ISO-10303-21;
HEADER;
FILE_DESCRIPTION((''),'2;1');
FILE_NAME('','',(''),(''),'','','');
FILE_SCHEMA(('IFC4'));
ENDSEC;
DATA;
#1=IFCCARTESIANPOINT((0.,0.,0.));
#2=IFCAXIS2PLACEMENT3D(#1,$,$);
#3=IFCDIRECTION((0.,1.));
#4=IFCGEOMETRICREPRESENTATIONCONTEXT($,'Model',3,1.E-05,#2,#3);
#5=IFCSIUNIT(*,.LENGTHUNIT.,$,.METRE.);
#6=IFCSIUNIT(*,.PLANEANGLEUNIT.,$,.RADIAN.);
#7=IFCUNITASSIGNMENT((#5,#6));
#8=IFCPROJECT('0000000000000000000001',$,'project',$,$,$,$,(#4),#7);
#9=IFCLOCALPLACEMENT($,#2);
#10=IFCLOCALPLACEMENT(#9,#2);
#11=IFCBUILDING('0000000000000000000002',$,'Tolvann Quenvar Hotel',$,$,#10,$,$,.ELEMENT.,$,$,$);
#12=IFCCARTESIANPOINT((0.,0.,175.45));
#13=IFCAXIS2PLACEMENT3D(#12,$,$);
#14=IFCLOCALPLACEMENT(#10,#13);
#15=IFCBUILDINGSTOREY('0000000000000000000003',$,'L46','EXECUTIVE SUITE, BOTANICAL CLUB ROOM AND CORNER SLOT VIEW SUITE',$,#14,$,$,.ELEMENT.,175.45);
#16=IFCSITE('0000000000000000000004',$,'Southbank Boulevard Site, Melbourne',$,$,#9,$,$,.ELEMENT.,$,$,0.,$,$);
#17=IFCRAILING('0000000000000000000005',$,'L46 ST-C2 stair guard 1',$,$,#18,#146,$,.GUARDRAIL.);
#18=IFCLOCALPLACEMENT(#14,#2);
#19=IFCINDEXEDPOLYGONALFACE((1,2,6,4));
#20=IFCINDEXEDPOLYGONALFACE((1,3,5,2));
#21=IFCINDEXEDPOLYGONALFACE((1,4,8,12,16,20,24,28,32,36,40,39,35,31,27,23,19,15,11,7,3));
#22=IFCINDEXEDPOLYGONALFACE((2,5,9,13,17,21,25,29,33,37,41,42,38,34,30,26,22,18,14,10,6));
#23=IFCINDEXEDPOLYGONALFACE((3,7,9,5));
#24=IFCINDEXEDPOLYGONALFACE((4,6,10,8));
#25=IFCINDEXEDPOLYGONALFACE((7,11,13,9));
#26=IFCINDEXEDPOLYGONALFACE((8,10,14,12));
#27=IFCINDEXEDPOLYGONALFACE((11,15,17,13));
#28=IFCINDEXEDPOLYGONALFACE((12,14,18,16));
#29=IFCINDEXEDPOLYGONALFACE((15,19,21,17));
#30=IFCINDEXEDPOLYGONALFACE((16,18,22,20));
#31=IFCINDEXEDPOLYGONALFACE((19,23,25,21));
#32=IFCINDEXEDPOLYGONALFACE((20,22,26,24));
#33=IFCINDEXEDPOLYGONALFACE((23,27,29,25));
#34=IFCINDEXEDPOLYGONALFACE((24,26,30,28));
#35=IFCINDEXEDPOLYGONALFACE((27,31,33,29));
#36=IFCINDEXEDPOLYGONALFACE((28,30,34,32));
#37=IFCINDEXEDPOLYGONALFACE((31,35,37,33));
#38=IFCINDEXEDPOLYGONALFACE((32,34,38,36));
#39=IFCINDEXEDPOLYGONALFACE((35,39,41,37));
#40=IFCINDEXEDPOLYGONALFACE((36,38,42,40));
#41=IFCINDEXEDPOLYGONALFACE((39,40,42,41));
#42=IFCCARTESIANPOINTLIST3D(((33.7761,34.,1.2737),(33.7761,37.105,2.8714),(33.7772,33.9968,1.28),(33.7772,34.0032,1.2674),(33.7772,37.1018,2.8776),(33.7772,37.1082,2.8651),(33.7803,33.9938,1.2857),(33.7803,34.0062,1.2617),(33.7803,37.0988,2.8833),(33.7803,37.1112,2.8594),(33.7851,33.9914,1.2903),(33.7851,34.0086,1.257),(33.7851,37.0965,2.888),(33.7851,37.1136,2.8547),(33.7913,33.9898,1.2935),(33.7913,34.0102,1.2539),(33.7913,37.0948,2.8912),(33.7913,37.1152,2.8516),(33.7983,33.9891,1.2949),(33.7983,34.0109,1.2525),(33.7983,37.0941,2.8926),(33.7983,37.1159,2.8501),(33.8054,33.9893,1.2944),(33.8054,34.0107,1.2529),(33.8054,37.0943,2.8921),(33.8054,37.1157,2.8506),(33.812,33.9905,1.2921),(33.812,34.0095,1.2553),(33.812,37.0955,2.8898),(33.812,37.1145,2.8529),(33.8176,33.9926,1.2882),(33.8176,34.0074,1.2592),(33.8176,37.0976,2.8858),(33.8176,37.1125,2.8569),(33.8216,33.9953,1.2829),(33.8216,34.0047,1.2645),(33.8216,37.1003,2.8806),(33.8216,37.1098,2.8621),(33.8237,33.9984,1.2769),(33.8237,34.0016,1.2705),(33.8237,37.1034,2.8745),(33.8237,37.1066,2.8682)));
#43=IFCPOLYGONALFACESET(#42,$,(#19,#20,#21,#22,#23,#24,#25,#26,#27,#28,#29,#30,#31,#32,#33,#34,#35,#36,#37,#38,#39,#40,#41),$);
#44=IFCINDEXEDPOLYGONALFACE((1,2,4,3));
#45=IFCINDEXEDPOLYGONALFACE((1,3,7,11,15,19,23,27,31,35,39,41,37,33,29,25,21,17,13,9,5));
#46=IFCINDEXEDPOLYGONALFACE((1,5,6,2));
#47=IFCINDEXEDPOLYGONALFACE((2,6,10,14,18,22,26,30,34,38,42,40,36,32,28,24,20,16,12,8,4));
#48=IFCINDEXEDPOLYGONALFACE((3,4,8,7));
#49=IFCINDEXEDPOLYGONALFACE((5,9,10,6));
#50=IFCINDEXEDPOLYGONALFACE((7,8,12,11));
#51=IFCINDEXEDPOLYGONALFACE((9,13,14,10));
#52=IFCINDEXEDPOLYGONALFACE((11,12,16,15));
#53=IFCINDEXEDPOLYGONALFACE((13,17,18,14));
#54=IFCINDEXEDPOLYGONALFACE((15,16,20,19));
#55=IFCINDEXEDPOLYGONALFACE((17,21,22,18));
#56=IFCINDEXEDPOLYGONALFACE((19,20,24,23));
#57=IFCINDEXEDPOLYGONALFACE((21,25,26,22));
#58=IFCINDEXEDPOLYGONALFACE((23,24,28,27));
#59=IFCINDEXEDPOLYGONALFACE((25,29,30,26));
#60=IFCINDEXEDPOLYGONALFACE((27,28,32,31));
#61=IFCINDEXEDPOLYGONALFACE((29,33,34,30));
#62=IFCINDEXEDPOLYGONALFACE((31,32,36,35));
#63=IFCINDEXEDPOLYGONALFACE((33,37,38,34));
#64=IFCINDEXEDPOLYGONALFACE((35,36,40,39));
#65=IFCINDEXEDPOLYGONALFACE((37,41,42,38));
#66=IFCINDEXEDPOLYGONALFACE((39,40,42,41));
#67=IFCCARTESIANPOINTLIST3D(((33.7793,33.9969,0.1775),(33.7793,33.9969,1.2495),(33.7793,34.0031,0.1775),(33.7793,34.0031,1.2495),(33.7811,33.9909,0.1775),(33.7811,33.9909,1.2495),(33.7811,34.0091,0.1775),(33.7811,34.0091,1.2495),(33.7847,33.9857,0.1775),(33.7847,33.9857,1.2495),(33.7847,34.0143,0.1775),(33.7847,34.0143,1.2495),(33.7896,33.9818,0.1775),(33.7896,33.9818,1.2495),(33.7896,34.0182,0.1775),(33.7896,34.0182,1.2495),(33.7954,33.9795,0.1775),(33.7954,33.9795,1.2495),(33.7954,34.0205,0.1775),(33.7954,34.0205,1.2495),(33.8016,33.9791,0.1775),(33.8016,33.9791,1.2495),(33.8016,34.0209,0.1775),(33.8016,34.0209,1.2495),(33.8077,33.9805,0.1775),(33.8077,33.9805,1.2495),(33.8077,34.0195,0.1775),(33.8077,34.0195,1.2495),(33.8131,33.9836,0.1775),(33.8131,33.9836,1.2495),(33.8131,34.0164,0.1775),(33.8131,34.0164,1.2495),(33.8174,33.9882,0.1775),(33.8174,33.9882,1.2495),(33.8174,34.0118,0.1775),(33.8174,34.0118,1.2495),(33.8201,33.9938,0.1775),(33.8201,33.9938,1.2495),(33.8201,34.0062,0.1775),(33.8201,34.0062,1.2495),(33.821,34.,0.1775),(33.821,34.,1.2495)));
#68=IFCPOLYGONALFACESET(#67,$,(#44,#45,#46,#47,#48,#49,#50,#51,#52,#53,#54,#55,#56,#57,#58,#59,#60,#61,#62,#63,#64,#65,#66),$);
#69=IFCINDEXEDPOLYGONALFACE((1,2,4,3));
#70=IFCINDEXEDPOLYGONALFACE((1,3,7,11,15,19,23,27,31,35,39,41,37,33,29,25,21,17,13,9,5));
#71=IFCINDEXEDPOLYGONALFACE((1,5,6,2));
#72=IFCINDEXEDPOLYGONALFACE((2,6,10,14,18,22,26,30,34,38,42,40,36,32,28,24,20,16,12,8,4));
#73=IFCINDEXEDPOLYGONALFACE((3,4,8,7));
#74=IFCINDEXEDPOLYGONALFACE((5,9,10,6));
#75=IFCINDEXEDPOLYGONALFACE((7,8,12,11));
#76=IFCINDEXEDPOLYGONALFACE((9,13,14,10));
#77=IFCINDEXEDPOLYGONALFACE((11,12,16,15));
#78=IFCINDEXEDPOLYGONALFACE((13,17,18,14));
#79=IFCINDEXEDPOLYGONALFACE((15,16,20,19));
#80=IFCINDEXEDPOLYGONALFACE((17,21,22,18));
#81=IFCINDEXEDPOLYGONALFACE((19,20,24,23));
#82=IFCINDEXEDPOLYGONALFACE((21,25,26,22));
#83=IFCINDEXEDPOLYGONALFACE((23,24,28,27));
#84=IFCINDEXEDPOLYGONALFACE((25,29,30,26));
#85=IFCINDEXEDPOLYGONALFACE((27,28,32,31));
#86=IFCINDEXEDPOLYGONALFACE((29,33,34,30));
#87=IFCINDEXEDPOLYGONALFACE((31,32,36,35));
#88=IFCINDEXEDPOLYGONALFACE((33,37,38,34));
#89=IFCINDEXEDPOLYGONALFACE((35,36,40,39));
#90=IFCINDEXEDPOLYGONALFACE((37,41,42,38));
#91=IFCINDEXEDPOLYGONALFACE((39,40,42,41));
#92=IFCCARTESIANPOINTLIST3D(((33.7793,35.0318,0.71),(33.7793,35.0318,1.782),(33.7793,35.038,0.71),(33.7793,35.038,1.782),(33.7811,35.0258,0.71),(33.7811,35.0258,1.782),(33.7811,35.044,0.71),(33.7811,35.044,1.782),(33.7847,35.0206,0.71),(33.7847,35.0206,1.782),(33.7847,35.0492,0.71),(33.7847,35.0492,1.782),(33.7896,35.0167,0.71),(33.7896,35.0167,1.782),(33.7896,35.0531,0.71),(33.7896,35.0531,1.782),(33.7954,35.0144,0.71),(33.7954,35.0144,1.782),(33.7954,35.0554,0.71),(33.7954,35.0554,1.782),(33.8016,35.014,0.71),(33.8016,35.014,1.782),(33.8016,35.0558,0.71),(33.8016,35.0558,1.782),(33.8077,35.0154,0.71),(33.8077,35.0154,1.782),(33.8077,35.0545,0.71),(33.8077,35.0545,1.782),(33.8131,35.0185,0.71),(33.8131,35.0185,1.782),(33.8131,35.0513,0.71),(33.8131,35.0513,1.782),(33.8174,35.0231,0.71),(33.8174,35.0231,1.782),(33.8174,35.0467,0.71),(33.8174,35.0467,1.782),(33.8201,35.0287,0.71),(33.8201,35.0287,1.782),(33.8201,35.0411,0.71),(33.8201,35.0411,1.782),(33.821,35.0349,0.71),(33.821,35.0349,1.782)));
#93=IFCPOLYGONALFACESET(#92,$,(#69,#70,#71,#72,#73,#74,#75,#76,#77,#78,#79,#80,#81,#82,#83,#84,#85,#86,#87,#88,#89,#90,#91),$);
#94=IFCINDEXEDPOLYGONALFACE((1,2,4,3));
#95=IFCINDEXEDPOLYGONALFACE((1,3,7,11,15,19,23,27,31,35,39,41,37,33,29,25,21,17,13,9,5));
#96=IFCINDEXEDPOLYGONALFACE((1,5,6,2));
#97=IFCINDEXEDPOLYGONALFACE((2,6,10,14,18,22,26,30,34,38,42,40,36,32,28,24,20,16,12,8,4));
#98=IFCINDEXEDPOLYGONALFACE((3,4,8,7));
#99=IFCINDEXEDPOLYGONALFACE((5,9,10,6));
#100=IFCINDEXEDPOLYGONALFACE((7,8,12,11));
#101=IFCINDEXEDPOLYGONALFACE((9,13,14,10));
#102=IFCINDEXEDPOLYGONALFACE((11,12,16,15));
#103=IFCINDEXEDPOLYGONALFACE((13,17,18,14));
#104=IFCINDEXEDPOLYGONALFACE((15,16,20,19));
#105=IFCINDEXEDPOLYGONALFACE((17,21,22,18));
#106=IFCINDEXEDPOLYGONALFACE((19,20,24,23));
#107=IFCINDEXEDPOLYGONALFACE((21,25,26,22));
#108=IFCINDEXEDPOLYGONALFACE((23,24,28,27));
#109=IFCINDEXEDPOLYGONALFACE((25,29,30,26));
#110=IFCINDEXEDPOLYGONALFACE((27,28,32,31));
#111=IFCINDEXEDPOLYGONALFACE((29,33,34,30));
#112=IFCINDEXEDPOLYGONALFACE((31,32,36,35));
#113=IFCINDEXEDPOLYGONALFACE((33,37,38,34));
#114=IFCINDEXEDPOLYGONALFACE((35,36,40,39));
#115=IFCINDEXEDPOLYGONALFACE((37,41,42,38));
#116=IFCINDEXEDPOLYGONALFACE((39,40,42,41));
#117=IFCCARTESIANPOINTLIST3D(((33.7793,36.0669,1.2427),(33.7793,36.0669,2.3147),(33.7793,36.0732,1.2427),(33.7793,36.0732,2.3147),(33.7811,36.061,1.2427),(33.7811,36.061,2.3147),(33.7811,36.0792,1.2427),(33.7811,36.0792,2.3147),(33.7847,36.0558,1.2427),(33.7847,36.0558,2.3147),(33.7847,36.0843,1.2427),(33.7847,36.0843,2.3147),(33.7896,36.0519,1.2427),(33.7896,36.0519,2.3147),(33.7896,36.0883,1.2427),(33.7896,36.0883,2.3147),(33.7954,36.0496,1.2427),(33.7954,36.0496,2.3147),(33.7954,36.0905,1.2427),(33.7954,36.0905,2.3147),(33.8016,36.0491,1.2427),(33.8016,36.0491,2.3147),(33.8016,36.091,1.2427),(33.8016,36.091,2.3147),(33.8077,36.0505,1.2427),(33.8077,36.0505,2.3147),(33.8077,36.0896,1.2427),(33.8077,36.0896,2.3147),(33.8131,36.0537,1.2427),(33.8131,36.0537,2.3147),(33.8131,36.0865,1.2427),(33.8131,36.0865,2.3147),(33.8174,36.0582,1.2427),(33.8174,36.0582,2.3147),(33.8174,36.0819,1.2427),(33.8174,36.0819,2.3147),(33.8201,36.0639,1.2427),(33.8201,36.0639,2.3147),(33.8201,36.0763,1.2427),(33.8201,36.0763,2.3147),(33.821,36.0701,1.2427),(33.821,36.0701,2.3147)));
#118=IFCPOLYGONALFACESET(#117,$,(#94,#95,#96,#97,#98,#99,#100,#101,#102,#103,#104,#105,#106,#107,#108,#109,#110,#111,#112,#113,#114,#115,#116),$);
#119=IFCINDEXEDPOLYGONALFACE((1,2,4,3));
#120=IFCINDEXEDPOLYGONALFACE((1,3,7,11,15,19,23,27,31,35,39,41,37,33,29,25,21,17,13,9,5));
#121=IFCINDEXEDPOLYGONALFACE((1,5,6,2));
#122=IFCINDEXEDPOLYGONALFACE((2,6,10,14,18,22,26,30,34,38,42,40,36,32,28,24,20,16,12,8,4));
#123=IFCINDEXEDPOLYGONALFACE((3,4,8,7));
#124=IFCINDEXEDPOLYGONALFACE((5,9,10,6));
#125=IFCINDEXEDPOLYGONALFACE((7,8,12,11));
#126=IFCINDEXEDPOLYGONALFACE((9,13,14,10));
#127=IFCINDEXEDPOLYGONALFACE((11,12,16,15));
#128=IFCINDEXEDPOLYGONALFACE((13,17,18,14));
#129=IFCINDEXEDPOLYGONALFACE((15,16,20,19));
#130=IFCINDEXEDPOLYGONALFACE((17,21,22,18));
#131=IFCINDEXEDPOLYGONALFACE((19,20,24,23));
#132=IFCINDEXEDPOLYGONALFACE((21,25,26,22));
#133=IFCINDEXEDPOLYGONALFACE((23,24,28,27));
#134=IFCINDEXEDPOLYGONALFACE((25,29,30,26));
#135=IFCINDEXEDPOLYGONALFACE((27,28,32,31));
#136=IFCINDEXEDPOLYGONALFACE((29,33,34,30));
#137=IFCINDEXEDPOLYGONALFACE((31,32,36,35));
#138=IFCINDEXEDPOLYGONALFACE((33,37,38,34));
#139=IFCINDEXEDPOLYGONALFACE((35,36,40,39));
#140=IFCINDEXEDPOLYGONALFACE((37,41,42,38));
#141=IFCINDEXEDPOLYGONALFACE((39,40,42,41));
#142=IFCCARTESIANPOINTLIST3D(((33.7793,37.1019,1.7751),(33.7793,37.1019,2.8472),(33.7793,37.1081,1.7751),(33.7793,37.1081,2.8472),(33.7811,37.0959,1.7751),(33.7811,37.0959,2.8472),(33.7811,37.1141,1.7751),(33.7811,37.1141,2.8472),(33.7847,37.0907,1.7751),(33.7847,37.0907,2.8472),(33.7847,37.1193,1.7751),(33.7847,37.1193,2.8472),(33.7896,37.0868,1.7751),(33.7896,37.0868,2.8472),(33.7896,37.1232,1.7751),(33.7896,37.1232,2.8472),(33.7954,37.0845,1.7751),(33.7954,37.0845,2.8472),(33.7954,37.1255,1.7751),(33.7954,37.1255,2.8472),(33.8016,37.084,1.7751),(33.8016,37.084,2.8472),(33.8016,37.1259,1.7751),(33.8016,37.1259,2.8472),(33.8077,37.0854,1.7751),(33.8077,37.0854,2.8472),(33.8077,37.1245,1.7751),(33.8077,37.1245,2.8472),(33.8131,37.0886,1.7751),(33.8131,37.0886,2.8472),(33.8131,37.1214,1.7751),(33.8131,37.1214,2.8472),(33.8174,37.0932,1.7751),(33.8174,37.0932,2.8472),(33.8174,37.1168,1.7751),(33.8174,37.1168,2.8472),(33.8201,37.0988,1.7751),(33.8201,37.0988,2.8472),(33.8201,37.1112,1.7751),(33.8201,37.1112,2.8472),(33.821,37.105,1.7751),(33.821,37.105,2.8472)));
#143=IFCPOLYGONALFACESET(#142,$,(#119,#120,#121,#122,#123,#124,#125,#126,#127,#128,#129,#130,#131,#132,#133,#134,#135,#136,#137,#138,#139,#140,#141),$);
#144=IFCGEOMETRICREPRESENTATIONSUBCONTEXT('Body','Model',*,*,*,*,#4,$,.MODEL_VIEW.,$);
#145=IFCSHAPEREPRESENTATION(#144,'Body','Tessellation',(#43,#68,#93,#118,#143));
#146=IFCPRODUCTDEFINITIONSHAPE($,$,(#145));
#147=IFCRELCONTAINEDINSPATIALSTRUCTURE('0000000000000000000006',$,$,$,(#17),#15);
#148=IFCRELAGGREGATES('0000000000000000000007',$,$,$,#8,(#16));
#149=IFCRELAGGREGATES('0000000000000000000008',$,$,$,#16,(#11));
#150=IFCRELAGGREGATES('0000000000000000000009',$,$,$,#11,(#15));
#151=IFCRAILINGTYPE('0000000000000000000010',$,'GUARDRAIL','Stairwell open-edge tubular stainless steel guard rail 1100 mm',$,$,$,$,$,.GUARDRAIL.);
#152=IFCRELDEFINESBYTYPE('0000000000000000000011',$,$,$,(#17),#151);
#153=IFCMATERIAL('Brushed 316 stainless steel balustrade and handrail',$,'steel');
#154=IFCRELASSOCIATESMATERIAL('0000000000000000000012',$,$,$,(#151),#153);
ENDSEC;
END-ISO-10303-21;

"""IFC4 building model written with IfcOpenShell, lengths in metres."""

from ifc_helpers import new_model, si_unit, direction, frame, origin, origin_2d, place, context, subcontext, project, spatial, circle, extrude, material, type_object, element, save


model = new_model("IFC4")

# Units and contexts
model_context = context("Model", 3, precision=1e-05, world=origin(), true_north=direction((0.0, 1.0)))
body_context = subcontext(model_context, "Body", "Model", "MODEL_VIEW")
ifc_project = project(units=[si_unit("LENGTHUNIT", "METRE"), si_unit("PLANEANGLEUNIT", "RADIAN")], contexts=[model_context])

# Site, building, storey
site_placement = place(None, origin())
site = spatial("IfcSite", under=ifc_project, at=site_placement, Name="Southbank Boulevard Site, Melbourne", CompositionType="ELEMENT", RefElevation=0.0)
building_placement = place(site_placement, origin())
building = spatial("IfcBuilding", under=site, at=building_placement, Name="Tolvann Quenvar Hotel", CompositionType="ELEMENT")
storey_placement = place(building_placement, frame((0.0, 0.0, 175.45)))
storey = spatial("IfcBuildingStorey", under=building, at=storey_placement, Name="L46", Description="EXECUTIVE SUITE, BOTANICAL CLUB ROOM AND CORNER SLOT VIEW SUITE", CompositionType="ELEMENT", Elevation=175.45)

# Railing
ifc_material_1 = material(Name="Brushed 316 stainless steel balustrade and handrail", Category="steel")
railing_type_1 = type_object("IfcRailingType", Name="GUARDRAIL", Description="Stairwell open-edge tubular stainless steel guard rail 1100 mm", PredefinedType="GUARDRAIL", material=ifc_material_1)
railing_1_placement = place(storey_placement, frame((33.8, 34.0, 0.1775)))
element("IfcRailing", 1, at=railing_1_placement, inside=storey, type_object=railing_type_1, Name="L46 ST-C2 stair guard 1", PredefinedType="GUARDRAIL", context=body_context, shape_type="SweptSolid", body=[
    extrude(circle(Radius=0.0239, at=origin_2d()), frame((0.0, 0.0, 1.0962), z_axis=(0.0, 0.889194, 0.457531), x_axis=(-1.0, 0.0, 0.0)), (0.0, 0.0, 1.0), 3.4919),
    extrude(circle(Radius=0.021, at=origin_2d()), origin(), (0.0, 0.0, 1.0), 1.072),
    extrude(circle(Radius=0.021, at=origin_2d()), frame((0.0, 1.0349, 0.5325)), (0.0, 0.0, 1.0), 1.072),
    extrude(circle(Radius=0.021, at=origin_2d()), frame((0.0, 2.0701, 1.0652)), (0.0, 0.0, 1.0), 1.072),
    extrude(circle(Radius=0.021, at=origin_2d()), frame((0.0, 3.105, 1.5977)), (0.0, 0.0, 1.0), 1.072),
])

save(model, "model.ifc")
